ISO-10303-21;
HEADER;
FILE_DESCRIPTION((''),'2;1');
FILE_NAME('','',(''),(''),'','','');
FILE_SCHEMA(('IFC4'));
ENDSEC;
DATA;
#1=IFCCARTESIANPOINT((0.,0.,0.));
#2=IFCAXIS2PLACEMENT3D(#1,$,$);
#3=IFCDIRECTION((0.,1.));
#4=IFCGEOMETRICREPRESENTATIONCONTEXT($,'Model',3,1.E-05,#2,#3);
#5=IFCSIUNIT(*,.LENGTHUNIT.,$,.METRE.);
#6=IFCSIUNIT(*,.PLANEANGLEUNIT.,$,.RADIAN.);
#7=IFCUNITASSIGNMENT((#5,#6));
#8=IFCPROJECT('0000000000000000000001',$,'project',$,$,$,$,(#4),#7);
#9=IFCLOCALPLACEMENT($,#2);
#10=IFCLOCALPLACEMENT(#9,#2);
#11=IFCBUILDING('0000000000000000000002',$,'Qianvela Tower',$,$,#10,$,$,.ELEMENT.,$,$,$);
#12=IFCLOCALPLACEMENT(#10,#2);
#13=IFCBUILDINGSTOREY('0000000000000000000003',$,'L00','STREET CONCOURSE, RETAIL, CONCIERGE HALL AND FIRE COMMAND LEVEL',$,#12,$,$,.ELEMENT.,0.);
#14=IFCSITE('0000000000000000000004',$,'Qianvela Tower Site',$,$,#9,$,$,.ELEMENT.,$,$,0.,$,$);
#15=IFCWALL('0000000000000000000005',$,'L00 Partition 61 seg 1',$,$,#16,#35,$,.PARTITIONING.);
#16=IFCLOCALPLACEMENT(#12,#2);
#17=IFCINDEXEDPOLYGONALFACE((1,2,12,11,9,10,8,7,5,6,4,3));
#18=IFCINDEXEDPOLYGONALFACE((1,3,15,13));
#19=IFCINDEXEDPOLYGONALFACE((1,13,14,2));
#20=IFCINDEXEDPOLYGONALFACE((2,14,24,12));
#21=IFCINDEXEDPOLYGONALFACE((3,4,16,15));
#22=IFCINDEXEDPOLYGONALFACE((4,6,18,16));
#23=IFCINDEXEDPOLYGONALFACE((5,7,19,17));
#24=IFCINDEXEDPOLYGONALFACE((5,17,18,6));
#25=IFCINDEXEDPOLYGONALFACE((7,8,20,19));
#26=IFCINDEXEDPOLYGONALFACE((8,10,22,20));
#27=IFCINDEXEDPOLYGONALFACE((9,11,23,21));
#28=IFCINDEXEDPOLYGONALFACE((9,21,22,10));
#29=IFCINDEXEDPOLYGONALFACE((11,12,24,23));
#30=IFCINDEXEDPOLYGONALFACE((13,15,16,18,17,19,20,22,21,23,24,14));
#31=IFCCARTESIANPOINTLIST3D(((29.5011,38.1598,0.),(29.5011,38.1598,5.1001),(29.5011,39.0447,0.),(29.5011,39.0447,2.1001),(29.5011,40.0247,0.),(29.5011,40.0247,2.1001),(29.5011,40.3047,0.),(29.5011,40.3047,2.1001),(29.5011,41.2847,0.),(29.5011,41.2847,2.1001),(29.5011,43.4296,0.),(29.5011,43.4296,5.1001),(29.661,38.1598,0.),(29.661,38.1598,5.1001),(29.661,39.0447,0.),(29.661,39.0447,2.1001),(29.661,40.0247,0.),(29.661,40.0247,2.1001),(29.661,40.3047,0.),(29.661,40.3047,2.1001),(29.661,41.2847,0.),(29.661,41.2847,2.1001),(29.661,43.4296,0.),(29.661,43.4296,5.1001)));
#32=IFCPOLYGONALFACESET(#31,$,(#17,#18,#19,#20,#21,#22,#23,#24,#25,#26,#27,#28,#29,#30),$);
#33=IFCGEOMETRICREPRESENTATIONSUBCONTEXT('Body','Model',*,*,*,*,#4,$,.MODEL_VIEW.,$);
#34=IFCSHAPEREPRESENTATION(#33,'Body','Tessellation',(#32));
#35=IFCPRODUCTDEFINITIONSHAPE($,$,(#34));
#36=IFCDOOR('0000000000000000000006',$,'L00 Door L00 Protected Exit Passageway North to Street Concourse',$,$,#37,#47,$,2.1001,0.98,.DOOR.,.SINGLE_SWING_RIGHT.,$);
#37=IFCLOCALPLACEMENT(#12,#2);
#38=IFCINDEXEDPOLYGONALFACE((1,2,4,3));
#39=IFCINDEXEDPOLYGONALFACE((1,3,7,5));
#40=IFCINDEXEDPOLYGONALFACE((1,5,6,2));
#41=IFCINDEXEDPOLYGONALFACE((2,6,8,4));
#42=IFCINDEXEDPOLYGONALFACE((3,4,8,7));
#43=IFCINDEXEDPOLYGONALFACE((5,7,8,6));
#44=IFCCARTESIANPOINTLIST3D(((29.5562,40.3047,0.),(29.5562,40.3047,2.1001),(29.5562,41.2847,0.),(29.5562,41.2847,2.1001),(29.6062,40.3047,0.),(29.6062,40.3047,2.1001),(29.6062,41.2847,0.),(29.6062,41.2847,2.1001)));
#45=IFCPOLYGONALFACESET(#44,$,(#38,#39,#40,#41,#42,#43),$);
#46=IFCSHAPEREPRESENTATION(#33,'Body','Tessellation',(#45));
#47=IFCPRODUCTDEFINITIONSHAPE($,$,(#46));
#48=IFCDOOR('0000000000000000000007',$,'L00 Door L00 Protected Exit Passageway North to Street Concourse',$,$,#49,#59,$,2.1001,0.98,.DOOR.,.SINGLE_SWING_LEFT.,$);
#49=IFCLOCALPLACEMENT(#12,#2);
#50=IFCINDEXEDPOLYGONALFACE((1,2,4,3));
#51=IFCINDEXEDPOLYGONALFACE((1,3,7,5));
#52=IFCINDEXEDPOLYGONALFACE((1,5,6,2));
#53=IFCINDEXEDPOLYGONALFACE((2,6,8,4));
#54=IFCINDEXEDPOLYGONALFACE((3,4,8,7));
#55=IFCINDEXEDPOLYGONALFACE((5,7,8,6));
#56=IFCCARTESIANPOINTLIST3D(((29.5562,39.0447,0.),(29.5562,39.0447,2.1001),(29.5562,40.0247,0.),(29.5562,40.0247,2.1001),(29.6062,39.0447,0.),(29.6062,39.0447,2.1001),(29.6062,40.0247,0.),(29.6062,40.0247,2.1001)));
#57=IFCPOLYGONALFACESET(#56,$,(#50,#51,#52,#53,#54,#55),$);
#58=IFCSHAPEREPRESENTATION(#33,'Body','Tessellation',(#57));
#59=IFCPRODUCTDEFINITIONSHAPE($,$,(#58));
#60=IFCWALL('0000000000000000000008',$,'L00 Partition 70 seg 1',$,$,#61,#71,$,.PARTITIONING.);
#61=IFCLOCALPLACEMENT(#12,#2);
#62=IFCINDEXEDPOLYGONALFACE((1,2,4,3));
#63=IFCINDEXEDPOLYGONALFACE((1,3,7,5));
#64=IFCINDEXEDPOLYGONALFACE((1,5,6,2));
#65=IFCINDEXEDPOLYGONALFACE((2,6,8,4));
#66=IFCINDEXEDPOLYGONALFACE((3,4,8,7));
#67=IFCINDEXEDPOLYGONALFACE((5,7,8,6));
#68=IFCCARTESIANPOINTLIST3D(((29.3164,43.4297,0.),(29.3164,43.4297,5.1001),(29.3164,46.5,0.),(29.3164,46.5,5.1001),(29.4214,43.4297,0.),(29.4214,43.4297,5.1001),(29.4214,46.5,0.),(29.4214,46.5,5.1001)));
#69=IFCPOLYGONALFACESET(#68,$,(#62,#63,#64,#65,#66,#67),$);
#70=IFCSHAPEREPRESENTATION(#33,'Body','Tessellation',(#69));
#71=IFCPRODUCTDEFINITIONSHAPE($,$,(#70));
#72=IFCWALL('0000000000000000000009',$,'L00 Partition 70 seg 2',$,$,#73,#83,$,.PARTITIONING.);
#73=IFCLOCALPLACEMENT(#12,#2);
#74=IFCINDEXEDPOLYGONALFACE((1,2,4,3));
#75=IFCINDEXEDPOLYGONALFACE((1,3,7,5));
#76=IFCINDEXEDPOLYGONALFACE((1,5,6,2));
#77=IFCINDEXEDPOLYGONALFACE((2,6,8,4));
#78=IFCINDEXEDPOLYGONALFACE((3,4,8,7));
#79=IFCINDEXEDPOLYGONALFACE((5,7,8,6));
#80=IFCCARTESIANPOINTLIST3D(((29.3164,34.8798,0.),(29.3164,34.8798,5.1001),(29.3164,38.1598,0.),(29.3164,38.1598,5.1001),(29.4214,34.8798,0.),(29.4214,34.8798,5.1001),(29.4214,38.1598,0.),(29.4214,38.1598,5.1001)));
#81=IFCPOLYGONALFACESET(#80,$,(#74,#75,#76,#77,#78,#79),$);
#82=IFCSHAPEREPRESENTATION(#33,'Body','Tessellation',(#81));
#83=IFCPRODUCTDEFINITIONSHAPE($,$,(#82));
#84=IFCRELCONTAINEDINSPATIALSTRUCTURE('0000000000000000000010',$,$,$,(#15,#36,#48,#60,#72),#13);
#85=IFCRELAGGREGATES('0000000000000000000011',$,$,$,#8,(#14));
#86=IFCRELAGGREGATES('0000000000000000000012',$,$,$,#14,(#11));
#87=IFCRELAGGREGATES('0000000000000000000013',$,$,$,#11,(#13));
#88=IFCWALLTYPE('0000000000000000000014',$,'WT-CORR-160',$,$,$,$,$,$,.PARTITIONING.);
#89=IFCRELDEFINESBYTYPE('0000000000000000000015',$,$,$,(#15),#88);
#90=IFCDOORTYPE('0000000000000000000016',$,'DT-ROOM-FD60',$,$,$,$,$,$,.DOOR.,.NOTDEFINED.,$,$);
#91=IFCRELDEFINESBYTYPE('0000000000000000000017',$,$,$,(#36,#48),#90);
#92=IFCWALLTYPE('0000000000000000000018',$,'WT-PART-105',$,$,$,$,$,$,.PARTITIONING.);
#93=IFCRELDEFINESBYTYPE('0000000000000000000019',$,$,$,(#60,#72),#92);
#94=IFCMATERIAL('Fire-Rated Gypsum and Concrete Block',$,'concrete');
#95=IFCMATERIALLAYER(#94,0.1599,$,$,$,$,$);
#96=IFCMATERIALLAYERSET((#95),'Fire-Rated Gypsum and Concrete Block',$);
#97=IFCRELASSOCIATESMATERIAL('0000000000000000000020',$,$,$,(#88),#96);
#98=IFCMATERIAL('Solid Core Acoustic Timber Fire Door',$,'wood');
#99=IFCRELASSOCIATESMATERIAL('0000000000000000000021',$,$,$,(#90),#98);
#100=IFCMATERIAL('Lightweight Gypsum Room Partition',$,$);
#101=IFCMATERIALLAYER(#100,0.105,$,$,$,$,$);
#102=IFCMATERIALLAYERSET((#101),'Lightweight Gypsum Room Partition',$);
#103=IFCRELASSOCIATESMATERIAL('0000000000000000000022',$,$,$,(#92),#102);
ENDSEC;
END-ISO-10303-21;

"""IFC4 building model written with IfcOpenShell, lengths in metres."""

from ifc_helpers import new_model, si_unit, direction, frame, frame_2d, origin, place, context, subcontext, project, spatial, rectangle, extrude, material, layer, layer_set, type_object, element, fill, save


model = new_model("IFC4")

# Units and contexts
model_context = context("Model", 3, precision=1e-05, world=origin(), true_north=direction((0.0, 1.0)))
body_context = subcontext(model_context, "Body", "Model", "MODEL_VIEW")
ifc_project = project(units=[si_unit("LENGTHUNIT", "METRE"), si_unit("PLANEANGLEUNIT", "RADIAN")], contexts=[model_context])

# Site, building, storey
site_placement = place(None, origin())
site = spatial("IfcSite", under=ifc_project, at=site_placement, Name="Qianvela Tower Site", CompositionType="ELEMENT", RefElevation=0.0)
building_placement = place(site_placement, origin())
building = spatial("IfcBuilding", under=site, at=building_placement, Name="Qianvela Tower", CompositionType="ELEMENT")
storey_placement = place(building_placement, origin())
storey = spatial("IfcBuildingStorey", under=building, at=storey_placement, Name="L00", Description="STREET CONCOURSE, RETAIL, CONCIERGE HALL AND FIRE COMMAND LEVEL", CompositionType="ELEMENT", Elevation=0.0)

# Shared definitions
ifc_material_1 = material(Name="Fire-Rated Gypsum and Concrete Block", Category="concrete")
ifc_layer_1 = layer(ifc_material_1, 0.1599)
ifc_layer_set_1 = layer_set([ifc_layer_1], Name="Fire-Rated Gypsum and Concrete Block")
wall_type_1 = type_object("IfcWallType", Name="WT-CORR-160", PredefinedType="PARTITIONING", material=ifc_layer_set_1)

# Wall, openings, doors
wall_1_placement = place(storey_placement, frame((29.5811, 38.1599, 0.0), z_axis=(0.0, 0.0, 1.0), x_axis=(0.0, 1.0, 0.0)))
wall_1 = element("IfcWall", 1, at=wall_1_placement, inside=storey, type_object=wall_type_1, Name="L00 Partition 61 seg 1", PredefinedType="PARTITIONING", context=body_context, shape_type="SweptSolid", body=[
    extrude(rectangle(XDim=5.2698, YDim=0.1599, at=frame_2d((2.6348, 0.0))), origin(), (0.0, 0.0, 1.0), 5.1001),
])
opening_1_placement = place(wall_1_placement, frame((2.1448, 0.0, 0.0)))
opening_1 = element("IfcOpeningElement", 2, at=opening_1_placement, cuts=wall_1, PredefinedType="OPENING", context=body_context, shape_type="SweptSolid", body=[
    extrude(rectangle(XDim=0.98, YDim=2.1001, at=frame_2d((0.49, 1.05))), frame((0.0, 0.0898, 0.0), z_axis=(0.0, -1.0, 0.0), x_axis=(1.0, 0.0, 0.0)), (0.0, 0.0, 1.0), 0.1799),
])
opening_2_placement = place(wall_1_placement, frame((0.8848, 0.0, 0.0)))
opening_2 = element("IfcOpeningElement", 3, at=opening_2_placement, cuts=wall_1, PredefinedType="OPENING", context=body_context, shape_type="SweptSolid", body=[
    extrude(rectangle(XDim=0.98, YDim=2.1001, at=frame_2d((0.49, 1.05))), frame((0.0, 0.0898, 0.0), z_axis=(0.0, -1.0, 0.0), x_axis=(1.0, 0.0, 0.0)), (0.0, 0.0, 1.0), 0.1799),
])
ifc_material_2 = material(Name="Solid Core Acoustic Timber Fire Door", Category="wood")
door_type_1 = type_object("IfcDoorType", Name="DT-ROOM-FD60", OperationType="NOTDEFINED", PredefinedType="DOOR", material=ifc_material_2)
door_1_placement = place(opening_1_placement, origin())
door_1 = element("IfcDoor", 4, at=door_1_placement, inside=storey, type_object=door_type_1, Name="L00 Door L00 Protected Exit Passageway North to Street Concourse", OperationType="SINGLE_SWING_RIGHT", OverallHeight=2.1001, OverallWidth=0.98, PredefinedType="DOOR", context=body_context, shape_type="SweptSolid", body=[
    extrude(rectangle(XDim=0.98, YDim=2.1001, at=frame_2d((0.49, 1.05))), frame((0.0, 0.0249, 0.0), z_axis=(0.0, -1.0, 0.0), x_axis=(1.0, 0.0, 0.0)), (0.0, 0.0, 1.0), 0.05),
])
fill(opening_1, door_1)
door_2_placement = place(opening_2_placement, origin())
door_2 = element("IfcDoor", 5, at=door_2_placement, inside=storey, type_object=door_type_1, Name="L00 Door L00 Protected Exit Passageway North to Street Concourse", OperationType="SINGLE_SWING_LEFT", OverallHeight=2.1001, OverallWidth=0.98, PredefinedType="DOOR", context=body_context, shape_type="SweptSolid", body=[
    extrude(rectangle(XDim=0.98, YDim=2.1001, at=frame_2d((0.49, 1.05))), frame((0.0, 0.0249, 0.0), z_axis=(0.0, -1.0, 0.0), x_axis=(1.0, 0.0, 0.0)), (0.0, 0.0, 1.0), 0.05),
])
fill(opening_2, door_2)

# Walls
ifc_material_3 = material(Name="Lightweight Gypsum Room Partition")
ifc_layer_2 = layer(ifc_material_3, 0.105)
ifc_layer_set_2 = layer_set([ifc_layer_2], Name="Lightweight Gypsum Room Partition")
wall_type_2 = type_object("IfcWallType", Name="WT-PART-105", PredefinedType="PARTITIONING", material=ifc_layer_set_2)
wall_2_placement = place(storey_placement, frame((29.3689, 46.5, 0.0), z_axis=(0.0, 0.0, 1.0), x_axis=(0.0, -1.0, 0.0)))
element("IfcWall", 6, at=wall_2_placement, inside=storey, type_object=wall_type_2, Name="L00 Partition 70 seg 1", PredefinedType="PARTITIONING", context=body_context, shape_type="SweptSolid", body=[
    extrude(rectangle(XDim=3.0703, YDim=0.105, at=frame_2d((1.5352, 0.0))), origin(), (0.0, 0.0, 1.0), 5.1001),
])
wall_3_placement = place(storey_placement, frame((29.3689, 38.1599, 0.0), z_axis=(0.0, 0.0, 1.0), x_axis=(0.0, -1.0, 0.0)))
element("IfcWall", 7, at=wall_3_placement, inside=storey, type_object=wall_type_2, Name="L00 Partition 70 seg 2", PredefinedType="PARTITIONING", context=body_context, shape_type="SweptSolid", body=[
    extrude(rectangle(XDim=3.28, YDim=0.105, at=frame_2d((1.6401, 0.0))), origin(), (0.0, 0.0, 1.0), 5.1001),
])

save(model, "model.ifc")
